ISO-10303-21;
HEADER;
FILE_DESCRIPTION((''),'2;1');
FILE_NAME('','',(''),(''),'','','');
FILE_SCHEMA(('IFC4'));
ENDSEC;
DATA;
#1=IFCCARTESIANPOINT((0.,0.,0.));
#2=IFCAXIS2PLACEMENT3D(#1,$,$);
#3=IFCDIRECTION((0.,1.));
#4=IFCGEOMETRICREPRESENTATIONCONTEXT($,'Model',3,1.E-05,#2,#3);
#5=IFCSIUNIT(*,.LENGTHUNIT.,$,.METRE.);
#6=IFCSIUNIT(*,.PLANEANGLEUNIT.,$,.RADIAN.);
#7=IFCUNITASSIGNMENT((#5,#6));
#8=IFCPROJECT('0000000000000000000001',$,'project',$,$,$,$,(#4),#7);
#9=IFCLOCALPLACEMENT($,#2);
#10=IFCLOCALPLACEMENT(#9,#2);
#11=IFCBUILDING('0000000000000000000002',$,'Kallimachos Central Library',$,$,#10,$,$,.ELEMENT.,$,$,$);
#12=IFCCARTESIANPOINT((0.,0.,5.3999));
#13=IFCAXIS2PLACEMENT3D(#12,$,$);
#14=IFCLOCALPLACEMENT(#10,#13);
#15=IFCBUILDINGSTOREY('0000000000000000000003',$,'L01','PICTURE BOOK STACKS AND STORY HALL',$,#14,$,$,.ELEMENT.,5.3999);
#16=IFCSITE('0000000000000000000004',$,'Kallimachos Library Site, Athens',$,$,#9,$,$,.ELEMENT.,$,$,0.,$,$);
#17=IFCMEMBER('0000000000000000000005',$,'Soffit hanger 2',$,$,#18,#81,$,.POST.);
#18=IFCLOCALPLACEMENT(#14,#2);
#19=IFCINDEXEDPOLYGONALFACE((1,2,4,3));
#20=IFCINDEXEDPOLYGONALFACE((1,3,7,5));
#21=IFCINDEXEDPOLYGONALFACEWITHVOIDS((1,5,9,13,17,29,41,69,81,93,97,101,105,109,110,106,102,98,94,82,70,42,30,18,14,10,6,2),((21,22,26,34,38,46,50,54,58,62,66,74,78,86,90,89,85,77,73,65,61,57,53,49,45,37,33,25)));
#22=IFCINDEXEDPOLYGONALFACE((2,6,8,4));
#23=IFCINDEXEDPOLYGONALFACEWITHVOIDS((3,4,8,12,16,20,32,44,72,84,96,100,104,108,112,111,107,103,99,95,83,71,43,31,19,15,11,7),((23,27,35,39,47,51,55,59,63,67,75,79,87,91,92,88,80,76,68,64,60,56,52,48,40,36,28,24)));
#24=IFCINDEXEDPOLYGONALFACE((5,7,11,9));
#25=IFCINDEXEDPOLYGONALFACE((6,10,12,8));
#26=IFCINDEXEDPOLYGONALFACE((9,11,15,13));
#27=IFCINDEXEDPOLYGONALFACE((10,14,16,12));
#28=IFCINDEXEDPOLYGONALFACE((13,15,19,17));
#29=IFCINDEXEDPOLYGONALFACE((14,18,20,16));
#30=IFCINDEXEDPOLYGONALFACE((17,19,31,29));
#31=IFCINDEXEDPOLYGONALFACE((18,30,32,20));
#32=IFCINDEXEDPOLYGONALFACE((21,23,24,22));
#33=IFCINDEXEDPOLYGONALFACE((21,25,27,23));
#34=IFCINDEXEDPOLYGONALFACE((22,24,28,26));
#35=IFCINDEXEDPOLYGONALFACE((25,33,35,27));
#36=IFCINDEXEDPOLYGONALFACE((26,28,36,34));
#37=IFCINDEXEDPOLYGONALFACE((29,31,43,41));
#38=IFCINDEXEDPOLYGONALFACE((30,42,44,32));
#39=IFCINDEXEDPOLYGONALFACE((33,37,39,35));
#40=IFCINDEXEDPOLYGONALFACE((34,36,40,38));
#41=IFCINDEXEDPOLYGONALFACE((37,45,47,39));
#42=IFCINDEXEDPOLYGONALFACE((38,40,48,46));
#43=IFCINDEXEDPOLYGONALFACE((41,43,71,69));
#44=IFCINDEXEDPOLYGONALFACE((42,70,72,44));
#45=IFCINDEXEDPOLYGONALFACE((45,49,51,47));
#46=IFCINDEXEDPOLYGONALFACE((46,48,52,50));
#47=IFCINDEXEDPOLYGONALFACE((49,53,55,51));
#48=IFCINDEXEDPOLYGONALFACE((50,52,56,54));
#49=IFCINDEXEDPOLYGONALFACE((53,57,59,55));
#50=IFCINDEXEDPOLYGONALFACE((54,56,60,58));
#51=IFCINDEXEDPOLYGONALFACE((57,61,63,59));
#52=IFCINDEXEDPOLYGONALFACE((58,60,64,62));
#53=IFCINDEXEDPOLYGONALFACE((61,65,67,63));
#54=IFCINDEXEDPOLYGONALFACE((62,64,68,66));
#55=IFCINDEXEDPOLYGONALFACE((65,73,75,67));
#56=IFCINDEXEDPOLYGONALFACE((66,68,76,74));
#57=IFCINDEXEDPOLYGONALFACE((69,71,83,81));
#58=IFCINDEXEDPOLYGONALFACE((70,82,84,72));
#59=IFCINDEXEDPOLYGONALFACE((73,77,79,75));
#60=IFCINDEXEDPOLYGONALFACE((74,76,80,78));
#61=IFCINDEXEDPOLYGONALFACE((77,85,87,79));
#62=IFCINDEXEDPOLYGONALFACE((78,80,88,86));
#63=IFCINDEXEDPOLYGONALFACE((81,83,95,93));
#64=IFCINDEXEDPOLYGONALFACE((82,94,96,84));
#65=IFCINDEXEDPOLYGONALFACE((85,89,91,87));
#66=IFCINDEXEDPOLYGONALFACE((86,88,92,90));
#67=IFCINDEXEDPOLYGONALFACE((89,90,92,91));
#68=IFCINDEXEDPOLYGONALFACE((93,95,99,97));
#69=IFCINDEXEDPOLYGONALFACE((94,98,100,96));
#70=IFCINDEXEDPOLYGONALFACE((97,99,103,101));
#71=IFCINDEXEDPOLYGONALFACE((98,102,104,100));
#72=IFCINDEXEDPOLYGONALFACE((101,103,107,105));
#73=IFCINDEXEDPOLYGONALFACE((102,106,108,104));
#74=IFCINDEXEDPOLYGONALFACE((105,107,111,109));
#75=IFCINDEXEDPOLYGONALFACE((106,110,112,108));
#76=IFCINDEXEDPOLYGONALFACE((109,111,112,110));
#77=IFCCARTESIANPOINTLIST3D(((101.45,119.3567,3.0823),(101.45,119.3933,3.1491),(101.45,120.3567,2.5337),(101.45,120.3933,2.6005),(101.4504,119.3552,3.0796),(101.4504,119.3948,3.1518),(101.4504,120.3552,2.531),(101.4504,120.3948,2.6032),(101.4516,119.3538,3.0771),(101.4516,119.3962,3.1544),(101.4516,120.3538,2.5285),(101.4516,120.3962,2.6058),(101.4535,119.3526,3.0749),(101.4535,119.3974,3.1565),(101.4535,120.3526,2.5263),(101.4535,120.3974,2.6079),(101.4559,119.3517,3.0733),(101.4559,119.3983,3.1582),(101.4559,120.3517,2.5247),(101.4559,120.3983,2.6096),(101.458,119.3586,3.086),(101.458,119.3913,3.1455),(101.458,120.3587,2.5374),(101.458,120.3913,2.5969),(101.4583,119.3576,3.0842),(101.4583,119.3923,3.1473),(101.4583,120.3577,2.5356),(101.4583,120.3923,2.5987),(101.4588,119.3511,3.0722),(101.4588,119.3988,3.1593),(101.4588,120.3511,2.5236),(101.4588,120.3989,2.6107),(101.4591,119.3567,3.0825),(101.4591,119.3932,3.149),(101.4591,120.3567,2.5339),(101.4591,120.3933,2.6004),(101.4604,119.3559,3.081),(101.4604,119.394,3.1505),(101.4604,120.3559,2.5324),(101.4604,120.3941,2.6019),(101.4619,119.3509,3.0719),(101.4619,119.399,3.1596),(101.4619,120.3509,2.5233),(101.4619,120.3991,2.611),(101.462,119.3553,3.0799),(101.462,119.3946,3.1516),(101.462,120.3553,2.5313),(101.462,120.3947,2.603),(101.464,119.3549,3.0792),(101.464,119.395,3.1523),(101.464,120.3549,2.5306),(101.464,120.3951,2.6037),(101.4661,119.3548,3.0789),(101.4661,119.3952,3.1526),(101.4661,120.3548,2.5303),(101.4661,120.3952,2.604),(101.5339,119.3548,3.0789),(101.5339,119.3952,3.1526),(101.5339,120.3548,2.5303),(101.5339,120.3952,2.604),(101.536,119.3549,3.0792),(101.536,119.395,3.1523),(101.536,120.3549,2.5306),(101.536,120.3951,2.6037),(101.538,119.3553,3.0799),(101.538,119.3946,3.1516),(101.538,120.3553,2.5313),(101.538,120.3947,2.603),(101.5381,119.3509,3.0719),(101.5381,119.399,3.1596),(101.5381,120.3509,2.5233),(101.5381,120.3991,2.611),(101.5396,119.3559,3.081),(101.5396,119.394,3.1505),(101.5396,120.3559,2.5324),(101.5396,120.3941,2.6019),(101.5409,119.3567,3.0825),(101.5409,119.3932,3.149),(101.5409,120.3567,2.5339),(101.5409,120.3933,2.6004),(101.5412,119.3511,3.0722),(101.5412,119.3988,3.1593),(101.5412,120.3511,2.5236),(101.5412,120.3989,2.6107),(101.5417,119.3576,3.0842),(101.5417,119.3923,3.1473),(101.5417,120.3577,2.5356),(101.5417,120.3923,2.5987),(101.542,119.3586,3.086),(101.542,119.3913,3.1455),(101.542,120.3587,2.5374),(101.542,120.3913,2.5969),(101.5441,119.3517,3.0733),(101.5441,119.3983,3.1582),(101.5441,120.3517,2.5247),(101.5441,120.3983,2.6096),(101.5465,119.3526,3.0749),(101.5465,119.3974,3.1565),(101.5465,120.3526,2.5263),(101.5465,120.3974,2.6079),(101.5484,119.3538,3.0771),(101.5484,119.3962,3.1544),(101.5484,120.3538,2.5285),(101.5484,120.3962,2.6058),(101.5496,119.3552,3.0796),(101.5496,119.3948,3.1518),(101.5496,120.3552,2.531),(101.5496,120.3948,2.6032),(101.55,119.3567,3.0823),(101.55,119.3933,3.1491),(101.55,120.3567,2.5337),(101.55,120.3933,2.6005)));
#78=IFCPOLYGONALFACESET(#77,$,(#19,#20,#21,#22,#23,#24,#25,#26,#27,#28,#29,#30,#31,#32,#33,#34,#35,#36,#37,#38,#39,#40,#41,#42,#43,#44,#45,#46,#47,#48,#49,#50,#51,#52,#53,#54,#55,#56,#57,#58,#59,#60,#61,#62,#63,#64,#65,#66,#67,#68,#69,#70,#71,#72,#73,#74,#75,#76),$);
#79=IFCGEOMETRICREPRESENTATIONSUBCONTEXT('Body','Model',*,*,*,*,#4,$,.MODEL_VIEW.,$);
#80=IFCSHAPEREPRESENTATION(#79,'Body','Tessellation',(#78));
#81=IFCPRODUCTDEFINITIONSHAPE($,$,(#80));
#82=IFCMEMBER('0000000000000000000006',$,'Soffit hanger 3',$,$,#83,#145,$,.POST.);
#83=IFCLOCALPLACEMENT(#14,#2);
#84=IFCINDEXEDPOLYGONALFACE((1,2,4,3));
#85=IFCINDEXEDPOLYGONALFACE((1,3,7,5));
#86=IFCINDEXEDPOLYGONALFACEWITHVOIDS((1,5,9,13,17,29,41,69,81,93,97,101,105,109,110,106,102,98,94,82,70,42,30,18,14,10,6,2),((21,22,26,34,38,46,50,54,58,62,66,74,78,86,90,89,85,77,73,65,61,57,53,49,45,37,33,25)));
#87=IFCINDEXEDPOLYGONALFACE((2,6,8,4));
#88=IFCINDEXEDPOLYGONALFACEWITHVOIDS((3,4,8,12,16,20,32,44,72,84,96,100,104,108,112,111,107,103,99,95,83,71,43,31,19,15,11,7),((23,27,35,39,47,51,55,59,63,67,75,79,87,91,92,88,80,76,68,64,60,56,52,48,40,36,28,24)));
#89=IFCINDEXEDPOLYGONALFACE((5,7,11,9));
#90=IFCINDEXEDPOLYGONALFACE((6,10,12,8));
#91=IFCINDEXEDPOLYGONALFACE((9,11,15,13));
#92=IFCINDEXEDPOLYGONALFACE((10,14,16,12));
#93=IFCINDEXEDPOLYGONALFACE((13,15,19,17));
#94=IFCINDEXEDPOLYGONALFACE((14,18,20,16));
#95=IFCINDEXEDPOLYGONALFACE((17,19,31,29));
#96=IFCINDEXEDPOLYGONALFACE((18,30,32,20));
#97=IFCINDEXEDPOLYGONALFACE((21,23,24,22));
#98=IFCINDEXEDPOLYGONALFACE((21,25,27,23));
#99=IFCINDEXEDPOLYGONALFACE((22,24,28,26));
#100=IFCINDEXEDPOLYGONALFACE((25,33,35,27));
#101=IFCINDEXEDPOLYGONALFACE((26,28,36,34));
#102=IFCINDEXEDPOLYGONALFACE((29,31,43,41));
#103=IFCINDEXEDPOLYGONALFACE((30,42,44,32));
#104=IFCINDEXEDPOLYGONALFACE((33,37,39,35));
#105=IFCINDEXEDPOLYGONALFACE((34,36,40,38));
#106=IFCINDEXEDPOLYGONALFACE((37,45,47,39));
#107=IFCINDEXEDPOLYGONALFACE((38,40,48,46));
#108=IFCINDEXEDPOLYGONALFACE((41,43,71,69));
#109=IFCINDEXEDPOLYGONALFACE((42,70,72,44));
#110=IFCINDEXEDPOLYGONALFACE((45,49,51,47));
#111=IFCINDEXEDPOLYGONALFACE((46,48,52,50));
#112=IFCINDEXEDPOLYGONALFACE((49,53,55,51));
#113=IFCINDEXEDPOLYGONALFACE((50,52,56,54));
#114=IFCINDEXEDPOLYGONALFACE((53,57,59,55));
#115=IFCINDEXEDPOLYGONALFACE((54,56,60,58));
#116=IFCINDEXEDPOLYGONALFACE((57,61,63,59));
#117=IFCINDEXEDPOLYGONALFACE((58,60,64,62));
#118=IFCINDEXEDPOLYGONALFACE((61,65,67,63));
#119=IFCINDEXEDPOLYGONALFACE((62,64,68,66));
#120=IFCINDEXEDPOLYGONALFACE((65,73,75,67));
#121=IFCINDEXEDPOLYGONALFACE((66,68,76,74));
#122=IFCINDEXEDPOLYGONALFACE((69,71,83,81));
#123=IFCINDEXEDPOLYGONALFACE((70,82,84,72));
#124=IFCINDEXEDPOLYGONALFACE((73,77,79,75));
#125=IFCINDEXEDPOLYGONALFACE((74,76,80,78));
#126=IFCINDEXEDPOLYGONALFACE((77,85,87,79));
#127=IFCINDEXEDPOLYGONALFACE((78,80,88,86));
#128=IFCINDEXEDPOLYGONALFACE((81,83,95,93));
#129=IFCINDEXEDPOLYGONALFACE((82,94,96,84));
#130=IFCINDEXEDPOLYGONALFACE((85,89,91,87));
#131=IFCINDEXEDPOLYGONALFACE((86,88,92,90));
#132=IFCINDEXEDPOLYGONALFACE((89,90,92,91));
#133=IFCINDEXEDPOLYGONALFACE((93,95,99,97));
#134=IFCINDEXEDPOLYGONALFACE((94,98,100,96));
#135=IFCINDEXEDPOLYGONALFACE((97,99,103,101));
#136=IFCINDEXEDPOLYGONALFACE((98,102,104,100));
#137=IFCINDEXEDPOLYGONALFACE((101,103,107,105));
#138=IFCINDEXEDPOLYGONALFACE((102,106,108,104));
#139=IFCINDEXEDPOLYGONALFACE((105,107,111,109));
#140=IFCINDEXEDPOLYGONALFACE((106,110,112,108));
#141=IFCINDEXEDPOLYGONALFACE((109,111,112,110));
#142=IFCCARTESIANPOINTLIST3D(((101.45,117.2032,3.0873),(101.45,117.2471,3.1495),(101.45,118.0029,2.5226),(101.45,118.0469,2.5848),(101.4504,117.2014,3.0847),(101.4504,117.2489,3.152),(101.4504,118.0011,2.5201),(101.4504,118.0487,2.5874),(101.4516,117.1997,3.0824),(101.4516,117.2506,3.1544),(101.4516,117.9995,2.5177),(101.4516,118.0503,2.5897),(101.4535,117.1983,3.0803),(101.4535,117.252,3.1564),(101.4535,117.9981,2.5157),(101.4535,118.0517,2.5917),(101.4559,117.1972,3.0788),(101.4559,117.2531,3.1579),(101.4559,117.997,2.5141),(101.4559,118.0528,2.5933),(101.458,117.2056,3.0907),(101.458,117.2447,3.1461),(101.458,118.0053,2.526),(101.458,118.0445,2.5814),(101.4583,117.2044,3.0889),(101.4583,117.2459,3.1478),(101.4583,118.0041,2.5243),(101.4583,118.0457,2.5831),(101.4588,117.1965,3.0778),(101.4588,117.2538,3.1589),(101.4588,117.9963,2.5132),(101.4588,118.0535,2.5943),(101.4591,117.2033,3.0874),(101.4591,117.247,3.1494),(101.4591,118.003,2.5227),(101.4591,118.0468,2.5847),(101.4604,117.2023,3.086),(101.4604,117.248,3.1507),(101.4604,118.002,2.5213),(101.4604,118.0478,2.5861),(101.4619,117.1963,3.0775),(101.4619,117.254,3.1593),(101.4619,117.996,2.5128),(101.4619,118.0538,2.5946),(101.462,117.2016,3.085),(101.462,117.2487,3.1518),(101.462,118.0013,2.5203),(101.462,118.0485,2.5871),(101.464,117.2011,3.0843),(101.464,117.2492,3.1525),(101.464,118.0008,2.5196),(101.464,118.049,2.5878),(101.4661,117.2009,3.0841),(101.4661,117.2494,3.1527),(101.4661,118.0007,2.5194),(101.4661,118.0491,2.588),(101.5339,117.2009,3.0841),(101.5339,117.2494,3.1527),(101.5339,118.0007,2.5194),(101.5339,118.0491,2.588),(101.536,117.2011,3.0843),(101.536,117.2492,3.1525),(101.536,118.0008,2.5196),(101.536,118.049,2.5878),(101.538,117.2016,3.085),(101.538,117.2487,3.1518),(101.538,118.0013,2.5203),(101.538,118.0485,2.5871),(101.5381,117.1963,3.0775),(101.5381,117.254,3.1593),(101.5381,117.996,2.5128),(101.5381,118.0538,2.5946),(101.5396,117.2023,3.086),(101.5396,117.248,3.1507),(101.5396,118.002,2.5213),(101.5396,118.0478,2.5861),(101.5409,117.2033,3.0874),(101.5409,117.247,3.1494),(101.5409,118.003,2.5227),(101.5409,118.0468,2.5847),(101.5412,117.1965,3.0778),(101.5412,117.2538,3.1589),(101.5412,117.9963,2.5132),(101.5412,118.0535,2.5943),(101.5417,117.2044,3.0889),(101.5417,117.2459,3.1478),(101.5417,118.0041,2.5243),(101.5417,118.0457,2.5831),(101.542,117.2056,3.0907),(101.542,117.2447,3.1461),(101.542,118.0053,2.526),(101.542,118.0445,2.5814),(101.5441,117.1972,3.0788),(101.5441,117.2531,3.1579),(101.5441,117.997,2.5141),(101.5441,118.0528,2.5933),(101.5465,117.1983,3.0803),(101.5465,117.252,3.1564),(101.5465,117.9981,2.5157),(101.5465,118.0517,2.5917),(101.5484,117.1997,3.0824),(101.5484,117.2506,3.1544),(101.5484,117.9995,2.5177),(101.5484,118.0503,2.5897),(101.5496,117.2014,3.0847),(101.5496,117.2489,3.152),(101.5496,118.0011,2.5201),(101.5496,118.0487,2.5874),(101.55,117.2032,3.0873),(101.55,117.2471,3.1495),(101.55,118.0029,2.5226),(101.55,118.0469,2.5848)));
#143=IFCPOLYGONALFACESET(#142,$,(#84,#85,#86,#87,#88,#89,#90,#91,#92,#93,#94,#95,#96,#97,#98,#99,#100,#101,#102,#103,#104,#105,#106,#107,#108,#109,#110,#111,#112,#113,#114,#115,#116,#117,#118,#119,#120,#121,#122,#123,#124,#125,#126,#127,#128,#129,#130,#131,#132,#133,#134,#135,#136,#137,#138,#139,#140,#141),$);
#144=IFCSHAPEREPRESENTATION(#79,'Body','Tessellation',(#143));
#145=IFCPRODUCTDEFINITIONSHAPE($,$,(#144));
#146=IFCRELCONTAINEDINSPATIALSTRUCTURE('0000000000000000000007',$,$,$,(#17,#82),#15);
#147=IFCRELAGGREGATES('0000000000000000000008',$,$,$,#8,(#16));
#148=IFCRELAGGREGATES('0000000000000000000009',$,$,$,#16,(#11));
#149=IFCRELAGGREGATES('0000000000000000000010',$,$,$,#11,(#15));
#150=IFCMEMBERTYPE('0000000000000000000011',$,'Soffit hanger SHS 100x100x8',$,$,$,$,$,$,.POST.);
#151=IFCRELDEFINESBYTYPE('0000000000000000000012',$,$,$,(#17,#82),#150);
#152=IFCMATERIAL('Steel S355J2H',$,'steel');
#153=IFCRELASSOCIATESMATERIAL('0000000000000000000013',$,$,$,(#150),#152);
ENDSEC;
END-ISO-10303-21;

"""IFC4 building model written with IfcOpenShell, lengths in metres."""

from ifc_helpers import new_model, si_unit, direction, frame, origin, origin_2d, place, context, subcontext, project, spatial, hollow_rectangle, extrude, material, material_profile, profile_set, type_object, element, save


model = new_model("IFC4")

# Units and contexts
model_context = context("Model", 3, precision=1e-05, world=origin(), true_north=direction((0.0, 1.0)))
body_context = subcontext(model_context, "Body", "Model", "MODEL_VIEW")
ifc_project = project(units=[si_unit("LENGTHUNIT", "METRE"), si_unit("PLANEANGLEUNIT", "RADIAN")], contexts=[model_context])

# Site, building, storey
site_placement = place(None, origin())
site = spatial("IfcSite", under=ifc_project, at=site_placement, Name="Kallimachos Library Site, Athens", CompositionType="ELEMENT", RefElevation=0.0)
building_placement = place(site_placement, origin())
building = spatial("IfcBuilding", under=site, at=building_placement, Name="Kallimachos Central Library", CompositionType="ELEMENT")
storey_placement = place(building_placement, frame((0.0, 0.0, 5.3999)))
storey = spatial("IfcBuildingStorey", under=building, at=storey_placement, Name="L01", Description="PICTURE BOOK STACKS AND STORY HALL", CompositionType="ELEMENT", Elevation=5.3999)

# Members
ifc_material_1 = material(Name="Steel S355J2H", Category="steel")
ifc_material_profile_1 = material_profile(ifc_material_1, hollow_rectangle(XDim=0.1001, YDim=0.1001, WallThickness=0.0081, InnerFilletRadius=0.0081, OuterFilletRadius=0.012, at=origin_2d()), Name="SHS 100x100x8")
ifc_profile_set_1 = profile_set([ifc_material_profile_1], Name="Steel S355J2H")
member_type_1 = type_object("IfcMemberType", Name="Soffit hanger SHS 100x100x8", PredefinedType="POST", material=ifc_profile_set_1)
member_1_placement = place(storey_placement, frame((101.5, 120.375, 2.5671), z_axis=(0.0, -0.87674, 0.480965), x_axis=(1.0, 0.0, 0.0)))
element("IfcMember", 1, at=member_1_placement, inside=storey, type_object=member_type_1, Name="Soffit hanger 2", PredefinedType="POST", context=body_context, shape_type="SweptSolid", body=[
    extrude(hollow_rectangle(XDim=0.1001, YDim=0.1001, WallThickness=0.0081, InnerFilletRadius=0.0081, OuterFilletRadius=0.012, at=origin_2d()), origin(), (0.0, 0.0, 1.0), 1.1406),
])
member_2_placement = place(storey_placement, frame((101.5, 118.0249, 2.5537), z_axis=(0.0, -0.816906, 0.576771), x_axis=(1.0, 0.0, 0.0)))
element("IfcMember", 2, at=member_2_placement, inside=storey, type_object=member_type_1, Name="Soffit hanger 3", PredefinedType="POST", context=body_context, shape_type="SweptSolid", body=[
    extrude(hollow_rectangle(XDim=0.1001, YDim=0.1001, WallThickness=0.0081, InnerFilletRadius=0.0081, OuterFilletRadius=0.012, at=origin_2d()), origin(), (0.0, 0.0, 1.0), 0.979),
])

save(model, "model.ifc")
